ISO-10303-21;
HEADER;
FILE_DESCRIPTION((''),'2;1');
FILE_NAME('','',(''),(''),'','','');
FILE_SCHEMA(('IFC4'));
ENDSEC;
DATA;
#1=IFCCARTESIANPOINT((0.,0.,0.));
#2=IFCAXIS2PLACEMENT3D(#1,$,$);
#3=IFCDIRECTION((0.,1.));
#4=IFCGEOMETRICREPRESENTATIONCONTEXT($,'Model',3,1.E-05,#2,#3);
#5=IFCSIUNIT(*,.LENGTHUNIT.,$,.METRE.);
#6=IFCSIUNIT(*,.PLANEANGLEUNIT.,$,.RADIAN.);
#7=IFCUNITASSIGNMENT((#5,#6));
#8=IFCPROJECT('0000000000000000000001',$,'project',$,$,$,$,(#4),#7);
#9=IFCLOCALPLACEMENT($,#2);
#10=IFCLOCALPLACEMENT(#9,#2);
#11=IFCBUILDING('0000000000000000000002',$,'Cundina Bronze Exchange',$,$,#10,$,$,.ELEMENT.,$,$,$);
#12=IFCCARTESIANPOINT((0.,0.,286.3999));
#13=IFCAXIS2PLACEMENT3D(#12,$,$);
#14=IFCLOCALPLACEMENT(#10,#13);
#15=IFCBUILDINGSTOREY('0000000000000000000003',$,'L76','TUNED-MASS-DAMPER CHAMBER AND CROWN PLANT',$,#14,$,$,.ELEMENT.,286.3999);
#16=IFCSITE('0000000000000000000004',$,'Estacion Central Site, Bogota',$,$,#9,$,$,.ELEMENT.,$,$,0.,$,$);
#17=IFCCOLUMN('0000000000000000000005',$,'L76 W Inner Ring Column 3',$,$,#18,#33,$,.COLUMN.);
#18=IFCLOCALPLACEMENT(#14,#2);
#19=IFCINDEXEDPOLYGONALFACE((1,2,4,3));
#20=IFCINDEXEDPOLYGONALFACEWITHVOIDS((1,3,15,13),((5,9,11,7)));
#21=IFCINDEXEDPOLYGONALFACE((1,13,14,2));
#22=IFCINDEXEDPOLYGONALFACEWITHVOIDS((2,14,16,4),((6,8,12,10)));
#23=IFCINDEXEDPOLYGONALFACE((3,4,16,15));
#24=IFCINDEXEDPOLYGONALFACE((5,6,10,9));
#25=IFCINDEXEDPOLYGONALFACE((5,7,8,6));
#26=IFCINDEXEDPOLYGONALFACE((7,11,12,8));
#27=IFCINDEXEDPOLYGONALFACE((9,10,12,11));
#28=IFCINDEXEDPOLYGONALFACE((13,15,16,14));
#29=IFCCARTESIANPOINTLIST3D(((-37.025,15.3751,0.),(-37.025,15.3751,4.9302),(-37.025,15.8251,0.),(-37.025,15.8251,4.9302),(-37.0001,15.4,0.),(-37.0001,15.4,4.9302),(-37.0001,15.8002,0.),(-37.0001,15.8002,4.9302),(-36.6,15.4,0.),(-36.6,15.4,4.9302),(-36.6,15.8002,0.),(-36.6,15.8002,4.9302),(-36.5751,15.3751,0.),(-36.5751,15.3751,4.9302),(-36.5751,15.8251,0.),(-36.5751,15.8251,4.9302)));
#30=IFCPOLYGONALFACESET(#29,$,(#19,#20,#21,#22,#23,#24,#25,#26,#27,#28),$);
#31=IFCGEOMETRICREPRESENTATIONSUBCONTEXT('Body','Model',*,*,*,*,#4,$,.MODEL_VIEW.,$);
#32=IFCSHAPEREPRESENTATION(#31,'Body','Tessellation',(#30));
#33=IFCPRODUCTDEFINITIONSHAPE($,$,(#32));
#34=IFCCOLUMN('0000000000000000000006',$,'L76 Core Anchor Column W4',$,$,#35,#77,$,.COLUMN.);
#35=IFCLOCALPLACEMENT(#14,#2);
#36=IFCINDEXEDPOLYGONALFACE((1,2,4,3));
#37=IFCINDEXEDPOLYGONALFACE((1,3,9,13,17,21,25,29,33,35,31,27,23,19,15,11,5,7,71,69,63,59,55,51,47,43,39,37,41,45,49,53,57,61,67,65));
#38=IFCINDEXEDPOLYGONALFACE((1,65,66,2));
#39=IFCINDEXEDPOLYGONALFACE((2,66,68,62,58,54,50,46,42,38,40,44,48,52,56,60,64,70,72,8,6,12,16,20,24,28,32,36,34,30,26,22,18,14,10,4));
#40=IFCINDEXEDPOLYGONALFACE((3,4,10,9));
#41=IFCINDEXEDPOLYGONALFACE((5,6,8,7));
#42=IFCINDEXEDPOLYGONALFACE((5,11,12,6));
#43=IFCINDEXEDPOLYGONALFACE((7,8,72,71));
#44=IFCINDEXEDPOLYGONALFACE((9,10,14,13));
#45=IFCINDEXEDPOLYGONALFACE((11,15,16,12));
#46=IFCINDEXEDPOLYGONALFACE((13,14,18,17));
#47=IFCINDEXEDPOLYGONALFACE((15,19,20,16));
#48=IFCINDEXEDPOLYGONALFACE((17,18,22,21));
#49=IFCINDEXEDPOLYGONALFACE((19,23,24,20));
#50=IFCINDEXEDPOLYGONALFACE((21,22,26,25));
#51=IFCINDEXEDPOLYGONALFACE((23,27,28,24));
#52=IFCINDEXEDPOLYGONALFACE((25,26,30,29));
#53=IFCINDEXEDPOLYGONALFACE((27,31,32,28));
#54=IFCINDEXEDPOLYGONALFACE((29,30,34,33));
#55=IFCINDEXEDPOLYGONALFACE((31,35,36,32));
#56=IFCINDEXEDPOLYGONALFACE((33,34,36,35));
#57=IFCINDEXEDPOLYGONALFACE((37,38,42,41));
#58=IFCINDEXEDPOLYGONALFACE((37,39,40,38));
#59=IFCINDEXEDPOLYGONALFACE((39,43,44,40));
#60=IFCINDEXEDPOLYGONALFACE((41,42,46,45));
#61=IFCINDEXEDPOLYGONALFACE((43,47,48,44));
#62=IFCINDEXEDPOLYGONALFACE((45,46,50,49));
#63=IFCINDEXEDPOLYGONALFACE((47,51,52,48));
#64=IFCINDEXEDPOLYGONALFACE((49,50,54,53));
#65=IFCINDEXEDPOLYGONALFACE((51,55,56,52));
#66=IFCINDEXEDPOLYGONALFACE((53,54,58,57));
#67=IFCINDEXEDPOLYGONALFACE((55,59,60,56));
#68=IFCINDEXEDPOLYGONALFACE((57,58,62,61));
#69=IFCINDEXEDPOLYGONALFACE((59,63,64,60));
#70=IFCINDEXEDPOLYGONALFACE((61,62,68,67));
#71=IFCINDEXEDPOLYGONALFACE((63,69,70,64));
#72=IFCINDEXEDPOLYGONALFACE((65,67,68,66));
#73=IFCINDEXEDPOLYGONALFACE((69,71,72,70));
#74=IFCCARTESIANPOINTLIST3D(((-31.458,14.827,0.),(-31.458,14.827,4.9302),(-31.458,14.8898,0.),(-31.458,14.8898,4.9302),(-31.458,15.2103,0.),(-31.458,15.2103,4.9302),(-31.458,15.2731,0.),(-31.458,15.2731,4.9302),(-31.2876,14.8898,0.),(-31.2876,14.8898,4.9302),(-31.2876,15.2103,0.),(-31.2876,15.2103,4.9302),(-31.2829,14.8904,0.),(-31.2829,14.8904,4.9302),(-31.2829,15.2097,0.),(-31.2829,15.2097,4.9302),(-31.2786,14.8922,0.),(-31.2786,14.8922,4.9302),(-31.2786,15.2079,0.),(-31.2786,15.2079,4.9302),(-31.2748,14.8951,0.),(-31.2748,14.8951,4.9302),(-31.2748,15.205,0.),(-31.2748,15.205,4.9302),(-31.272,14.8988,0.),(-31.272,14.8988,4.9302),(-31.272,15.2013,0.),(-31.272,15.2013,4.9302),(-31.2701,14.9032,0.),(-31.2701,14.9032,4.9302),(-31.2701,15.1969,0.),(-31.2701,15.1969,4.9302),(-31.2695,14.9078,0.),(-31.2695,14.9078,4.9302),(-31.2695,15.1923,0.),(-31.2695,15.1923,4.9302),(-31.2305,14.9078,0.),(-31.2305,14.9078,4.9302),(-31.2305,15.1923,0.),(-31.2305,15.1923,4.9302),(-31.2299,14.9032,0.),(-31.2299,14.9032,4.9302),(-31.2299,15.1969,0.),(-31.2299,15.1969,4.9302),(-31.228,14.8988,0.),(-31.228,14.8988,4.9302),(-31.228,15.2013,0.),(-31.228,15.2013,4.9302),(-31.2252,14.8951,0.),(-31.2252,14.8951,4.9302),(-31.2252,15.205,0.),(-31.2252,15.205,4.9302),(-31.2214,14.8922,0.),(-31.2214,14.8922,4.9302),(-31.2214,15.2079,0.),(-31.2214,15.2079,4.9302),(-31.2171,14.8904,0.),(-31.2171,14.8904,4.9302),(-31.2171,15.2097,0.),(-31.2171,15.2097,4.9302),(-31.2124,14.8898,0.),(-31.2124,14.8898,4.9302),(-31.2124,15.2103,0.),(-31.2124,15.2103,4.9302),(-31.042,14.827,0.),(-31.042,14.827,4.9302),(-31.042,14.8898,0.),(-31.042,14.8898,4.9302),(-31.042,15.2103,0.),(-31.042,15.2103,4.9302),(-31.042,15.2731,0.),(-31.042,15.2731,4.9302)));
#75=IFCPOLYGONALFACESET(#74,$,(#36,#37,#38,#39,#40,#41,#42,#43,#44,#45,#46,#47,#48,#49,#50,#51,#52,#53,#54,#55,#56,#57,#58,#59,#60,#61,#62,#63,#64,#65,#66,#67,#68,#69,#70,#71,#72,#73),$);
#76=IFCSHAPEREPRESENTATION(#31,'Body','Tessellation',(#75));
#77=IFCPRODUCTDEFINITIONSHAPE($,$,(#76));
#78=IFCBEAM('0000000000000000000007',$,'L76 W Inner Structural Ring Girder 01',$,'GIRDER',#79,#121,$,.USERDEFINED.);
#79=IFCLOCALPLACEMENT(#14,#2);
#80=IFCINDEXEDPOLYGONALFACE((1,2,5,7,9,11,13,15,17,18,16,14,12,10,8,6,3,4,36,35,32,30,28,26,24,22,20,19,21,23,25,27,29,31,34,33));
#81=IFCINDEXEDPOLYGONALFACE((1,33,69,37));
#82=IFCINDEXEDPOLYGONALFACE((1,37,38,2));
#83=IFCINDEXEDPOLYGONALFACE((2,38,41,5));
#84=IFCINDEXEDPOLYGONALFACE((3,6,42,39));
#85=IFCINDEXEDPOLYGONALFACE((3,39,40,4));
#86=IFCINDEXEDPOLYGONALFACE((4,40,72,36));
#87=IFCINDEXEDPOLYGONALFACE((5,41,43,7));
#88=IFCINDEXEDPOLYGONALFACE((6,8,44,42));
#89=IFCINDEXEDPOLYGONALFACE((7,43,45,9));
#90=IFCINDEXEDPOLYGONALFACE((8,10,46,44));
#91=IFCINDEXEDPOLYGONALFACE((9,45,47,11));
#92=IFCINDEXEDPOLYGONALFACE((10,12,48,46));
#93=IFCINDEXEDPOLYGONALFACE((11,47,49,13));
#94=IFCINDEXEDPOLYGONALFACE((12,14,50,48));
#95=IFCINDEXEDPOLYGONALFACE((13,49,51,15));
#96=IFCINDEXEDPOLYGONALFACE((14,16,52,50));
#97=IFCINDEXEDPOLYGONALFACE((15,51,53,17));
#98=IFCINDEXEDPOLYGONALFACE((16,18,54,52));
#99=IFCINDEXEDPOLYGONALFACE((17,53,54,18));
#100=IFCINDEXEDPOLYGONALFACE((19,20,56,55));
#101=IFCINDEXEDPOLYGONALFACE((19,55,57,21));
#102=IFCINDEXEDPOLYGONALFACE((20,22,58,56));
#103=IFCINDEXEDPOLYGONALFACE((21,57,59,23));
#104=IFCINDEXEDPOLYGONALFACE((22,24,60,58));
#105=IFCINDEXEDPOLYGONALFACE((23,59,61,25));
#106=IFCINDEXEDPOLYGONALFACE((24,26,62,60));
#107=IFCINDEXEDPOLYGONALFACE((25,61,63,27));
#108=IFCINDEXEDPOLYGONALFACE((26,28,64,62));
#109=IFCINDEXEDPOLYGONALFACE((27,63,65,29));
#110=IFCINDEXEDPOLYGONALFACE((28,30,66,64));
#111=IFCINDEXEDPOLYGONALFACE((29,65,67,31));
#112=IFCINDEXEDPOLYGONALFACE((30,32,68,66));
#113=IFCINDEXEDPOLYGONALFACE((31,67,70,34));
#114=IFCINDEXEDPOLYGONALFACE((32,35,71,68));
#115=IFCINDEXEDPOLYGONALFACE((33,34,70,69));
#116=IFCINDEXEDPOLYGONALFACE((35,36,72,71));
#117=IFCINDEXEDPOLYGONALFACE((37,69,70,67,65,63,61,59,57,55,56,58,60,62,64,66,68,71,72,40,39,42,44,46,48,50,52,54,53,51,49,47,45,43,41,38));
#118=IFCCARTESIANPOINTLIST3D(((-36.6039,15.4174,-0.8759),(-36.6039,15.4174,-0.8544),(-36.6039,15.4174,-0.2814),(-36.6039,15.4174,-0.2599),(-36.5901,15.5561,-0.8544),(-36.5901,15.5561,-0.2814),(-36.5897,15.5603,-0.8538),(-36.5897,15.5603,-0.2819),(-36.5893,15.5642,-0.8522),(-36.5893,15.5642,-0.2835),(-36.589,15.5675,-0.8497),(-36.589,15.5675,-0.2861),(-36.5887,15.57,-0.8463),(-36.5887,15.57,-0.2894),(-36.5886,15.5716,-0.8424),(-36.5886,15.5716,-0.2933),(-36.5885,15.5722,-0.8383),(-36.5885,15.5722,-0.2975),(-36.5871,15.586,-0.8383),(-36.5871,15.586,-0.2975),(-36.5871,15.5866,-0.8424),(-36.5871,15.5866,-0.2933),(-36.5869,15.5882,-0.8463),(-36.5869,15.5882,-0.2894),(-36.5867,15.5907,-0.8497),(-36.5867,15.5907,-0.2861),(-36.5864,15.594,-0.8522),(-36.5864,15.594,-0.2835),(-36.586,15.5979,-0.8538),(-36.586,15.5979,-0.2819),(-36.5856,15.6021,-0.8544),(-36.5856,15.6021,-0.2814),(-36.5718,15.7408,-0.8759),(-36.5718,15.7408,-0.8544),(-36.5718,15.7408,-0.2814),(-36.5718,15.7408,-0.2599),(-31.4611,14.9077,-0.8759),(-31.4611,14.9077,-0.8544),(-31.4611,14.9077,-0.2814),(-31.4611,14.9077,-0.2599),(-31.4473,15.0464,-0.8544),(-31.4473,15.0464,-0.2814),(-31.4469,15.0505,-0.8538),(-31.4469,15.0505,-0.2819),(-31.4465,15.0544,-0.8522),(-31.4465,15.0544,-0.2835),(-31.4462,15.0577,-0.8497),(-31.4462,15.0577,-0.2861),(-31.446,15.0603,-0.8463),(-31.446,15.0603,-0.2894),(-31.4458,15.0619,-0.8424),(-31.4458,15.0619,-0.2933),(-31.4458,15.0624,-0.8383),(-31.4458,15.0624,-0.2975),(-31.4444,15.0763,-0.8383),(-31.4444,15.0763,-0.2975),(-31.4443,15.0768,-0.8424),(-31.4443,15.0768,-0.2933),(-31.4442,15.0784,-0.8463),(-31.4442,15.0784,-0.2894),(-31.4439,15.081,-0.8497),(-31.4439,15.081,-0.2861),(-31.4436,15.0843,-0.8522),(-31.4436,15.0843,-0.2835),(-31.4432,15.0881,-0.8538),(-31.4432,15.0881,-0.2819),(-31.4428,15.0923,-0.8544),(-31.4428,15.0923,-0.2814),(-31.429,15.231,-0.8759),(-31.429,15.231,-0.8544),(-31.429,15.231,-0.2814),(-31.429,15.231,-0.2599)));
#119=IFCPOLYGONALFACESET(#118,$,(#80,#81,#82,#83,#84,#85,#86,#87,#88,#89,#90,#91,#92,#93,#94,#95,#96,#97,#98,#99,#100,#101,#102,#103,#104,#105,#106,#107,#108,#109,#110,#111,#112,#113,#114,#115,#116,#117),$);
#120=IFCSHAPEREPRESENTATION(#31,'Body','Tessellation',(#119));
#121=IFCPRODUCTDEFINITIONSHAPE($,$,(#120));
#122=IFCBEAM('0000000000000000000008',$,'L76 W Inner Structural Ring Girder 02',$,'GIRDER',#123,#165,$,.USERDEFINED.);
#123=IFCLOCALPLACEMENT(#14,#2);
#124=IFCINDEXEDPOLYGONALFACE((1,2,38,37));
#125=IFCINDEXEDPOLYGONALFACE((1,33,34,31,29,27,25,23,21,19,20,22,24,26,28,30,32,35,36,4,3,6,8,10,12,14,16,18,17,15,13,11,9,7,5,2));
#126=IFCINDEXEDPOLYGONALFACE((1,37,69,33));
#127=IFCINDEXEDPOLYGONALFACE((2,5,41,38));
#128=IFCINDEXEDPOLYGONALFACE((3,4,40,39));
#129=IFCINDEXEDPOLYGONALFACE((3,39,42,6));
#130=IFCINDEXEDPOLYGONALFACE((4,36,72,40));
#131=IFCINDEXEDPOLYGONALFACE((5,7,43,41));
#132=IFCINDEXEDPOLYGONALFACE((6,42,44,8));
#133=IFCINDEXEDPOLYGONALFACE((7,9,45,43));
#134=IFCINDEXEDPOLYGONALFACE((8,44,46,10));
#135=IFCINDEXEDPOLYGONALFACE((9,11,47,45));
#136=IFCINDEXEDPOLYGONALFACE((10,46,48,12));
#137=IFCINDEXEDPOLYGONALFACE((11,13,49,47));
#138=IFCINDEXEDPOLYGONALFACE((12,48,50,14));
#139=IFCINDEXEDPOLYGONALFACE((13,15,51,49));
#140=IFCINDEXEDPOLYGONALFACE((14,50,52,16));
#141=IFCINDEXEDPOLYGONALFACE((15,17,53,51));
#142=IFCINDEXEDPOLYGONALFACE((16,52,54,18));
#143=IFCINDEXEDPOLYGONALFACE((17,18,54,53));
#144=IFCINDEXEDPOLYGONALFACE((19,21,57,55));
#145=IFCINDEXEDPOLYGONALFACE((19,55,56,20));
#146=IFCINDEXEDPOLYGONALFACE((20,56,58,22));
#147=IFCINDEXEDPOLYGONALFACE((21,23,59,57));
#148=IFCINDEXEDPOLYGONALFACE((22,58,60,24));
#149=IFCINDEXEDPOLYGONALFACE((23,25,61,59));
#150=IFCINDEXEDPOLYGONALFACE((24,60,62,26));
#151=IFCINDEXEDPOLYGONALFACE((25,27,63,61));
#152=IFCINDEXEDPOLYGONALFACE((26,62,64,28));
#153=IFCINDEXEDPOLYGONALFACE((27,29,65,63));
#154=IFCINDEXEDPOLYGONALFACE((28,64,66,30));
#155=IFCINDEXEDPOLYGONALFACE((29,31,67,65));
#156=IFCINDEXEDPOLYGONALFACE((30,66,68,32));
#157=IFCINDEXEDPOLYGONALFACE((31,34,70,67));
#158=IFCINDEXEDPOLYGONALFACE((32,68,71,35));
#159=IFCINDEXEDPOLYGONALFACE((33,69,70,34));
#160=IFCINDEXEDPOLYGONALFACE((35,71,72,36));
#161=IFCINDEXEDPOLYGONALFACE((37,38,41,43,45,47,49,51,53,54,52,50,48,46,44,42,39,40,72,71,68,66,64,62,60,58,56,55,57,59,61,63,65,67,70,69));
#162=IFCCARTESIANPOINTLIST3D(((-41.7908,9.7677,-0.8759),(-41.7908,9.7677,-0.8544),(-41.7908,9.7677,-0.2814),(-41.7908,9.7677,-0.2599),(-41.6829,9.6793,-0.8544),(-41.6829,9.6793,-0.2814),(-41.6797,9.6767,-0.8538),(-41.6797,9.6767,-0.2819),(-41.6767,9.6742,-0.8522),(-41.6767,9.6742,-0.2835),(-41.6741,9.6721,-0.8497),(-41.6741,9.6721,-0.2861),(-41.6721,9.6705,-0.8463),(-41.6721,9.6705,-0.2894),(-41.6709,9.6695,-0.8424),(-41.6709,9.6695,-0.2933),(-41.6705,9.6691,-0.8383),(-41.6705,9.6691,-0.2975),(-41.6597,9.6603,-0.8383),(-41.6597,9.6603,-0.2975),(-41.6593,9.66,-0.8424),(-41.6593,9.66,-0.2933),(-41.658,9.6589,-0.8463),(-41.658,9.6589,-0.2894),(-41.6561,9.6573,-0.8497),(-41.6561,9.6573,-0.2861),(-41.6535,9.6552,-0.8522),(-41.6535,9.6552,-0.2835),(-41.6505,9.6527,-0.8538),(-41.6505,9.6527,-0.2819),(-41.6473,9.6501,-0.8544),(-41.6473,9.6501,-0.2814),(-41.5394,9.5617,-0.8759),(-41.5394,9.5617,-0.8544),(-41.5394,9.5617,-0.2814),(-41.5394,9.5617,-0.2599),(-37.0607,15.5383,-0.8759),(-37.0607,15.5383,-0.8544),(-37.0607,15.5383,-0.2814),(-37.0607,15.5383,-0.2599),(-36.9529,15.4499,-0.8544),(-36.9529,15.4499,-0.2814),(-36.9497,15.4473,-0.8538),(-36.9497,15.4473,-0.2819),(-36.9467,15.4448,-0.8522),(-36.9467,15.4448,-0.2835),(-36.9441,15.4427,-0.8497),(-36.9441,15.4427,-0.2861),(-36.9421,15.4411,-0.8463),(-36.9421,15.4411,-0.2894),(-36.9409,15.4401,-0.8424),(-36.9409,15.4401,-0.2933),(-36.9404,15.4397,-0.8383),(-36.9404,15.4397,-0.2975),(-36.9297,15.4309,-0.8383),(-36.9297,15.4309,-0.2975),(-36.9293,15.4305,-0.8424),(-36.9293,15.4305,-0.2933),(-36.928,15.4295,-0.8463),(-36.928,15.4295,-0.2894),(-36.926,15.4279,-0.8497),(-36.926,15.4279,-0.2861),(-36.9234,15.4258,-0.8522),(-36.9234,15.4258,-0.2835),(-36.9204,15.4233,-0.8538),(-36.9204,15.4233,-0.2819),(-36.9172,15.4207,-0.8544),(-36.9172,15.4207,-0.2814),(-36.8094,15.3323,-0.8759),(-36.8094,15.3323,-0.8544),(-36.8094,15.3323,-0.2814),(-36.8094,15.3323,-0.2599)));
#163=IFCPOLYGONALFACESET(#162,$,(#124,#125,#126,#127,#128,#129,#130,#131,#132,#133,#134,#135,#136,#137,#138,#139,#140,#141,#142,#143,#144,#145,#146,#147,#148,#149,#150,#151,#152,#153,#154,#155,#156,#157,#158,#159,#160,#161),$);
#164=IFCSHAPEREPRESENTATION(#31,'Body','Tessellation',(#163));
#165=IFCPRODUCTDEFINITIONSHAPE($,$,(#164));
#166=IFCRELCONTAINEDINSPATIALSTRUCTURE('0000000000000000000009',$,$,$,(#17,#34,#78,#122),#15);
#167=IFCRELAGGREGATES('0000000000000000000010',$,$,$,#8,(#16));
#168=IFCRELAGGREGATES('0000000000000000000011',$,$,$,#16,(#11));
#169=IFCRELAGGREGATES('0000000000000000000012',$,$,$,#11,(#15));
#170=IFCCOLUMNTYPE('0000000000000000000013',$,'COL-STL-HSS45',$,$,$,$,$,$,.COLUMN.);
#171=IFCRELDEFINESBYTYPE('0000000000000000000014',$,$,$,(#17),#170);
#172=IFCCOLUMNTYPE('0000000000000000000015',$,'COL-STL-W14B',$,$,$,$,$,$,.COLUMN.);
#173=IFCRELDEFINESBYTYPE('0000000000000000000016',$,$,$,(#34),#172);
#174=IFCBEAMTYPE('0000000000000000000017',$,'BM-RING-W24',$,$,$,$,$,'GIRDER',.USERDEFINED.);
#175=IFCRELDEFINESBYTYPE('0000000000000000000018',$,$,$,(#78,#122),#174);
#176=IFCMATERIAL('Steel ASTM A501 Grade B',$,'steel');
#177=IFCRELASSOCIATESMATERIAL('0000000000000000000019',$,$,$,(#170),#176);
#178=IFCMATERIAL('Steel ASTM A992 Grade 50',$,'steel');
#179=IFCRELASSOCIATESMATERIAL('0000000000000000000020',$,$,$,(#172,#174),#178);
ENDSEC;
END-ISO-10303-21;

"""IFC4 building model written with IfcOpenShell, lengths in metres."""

from ifc_helpers import new_model, si_unit, direction, frame, origin, origin_2d, place, context, subcontext, project, spatial, hollow_rectangle, i_section, extrude, material, material_profile, profile_set, type_object, element, save


model = new_model("IFC4")

# Units and contexts
model_context = context("Model", 3, precision=1e-05, world=origin(), true_north=direction((0.0, 1.0)))
body_context = subcontext(model_context, "Body", "Model", "MODEL_VIEW")
ifc_project = project(units=[si_unit("LENGTHUNIT", "METRE"), si_unit("PLANEANGLEUNIT", "RADIAN")], contexts=[model_context])

# Site, building, storey
site_placement = place(None, origin())
site = spatial("IfcSite", under=ifc_project, at=site_placement, Name="Estacion Central Site, Bogota", CompositionType="ELEMENT", RefElevation=0.0)
building_placement = place(site_placement, origin())
building = spatial("IfcBuilding", under=site, at=building_placement, Name="Cundina Bronze Exchange", CompositionType="ELEMENT")
storey_placement = place(building_placement, frame((0.0, 0.0, 286.3999)))
storey = spatial("IfcBuildingStorey", under=building, at=storey_placement, Name="L76", Description="TUNED-MASS-DAMPER CHAMBER AND CROWN PLANT", CompositionType="ELEMENT", Elevation=286.3999)

# Columns
ifc_material_1 = material(Name="Steel ASTM A501 Grade B", Category="steel")
ifc_material_profile_1 = material_profile(ifc_material_1, hollow_rectangle(XDim=0.45, YDim=0.45, WallThickness=0.0249, at=origin_2d()), Name="HSS450X450X25", Category="steel")
ifc_profile_set_1 = profile_set([ifc_material_profile_1], Name="Steel ASTM A501 Grade B")
column_type_1 = type_object("IfcColumnType", Name="COL-STL-HSS45", PredefinedType="COLUMN", material=ifc_profile_set_1)
column_1_placement = place(storey_placement, frame((-36.8, 15.6001, 0.0), z_axis=(0.0, 0.0, 1.0), x_axis=(1.0, 0.0, 0.0)))
element("IfcColumn", 1, at=column_1_placement, inside=storey, type_object=column_type_1, Name="L76 W Inner Ring Column 3", PredefinedType="COLUMN", context=body_context, shape_type="SweptSolid", body=[
    extrude(hollow_rectangle(XDim=0.45, YDim=0.45, WallThickness=0.0249, at=origin_2d()), origin(), (0.0, 0.0, 1.0), 4.9302),
])
ifc_material_2 = material(Name="Steel ASTM A992 Grade 50", Category="steel")
ifc_material_profile_2 = material_profile(ifc_material_2, i_section(OverallWidth=0.416, OverallDepth=0.446, WebThickness=0.0391, FlangeThickness=0.0627, FilletRadius=0.0181, at=origin_2d()), Name="W14X342", Category="steel")
ifc_profile_set_2 = profile_set([ifc_material_profile_2], Name="Steel ASTM A992 Grade 50")
column_type_2 = type_object("IfcColumnType", Name="COL-STL-W14B", PredefinedType="COLUMN", material=ifc_profile_set_2)
column_2_placement = place(storey_placement, frame((-31.25, 15.05, 0.0), z_axis=(0.0, 0.0, 1.0), x_axis=(1.0, 0.0, 0.0)))
element("IfcColumn", 2, at=column_2_placement, inside=storey, type_object=column_type_2, Name="L76 Core Anchor Column W4", PredefinedType="COLUMN", context=body_context, shape_type="SweptSolid", body=[
    extrude(i_section(OverallWidth=0.416, OverallDepth=0.446, WebThickness=0.0391, FlangeThickness=0.0627, FilletRadius=0.0181, at=origin_2d()), origin(), (0.0, 0.0, 1.0), 4.9302),
])

# Beams
ifc_material_profile_3 = material_profile(ifc_material_2, i_section(OverallWidth=0.325, OverallDepth=0.616, WebThickness=0.0139, FlangeThickness=0.0215, FilletRadius=0.0161, at=origin_2d()), Name="W24X117", Category="steel")
ifc_profile_set_3 = profile_set([ifc_material_profile_3], Name="Steel ASTM A992 Grade 50")
beam_type_1 = type_object("IfcBeamType", Name="BM-RING-W24", ElementType="GIRDER", PredefinedType="USERDEFINED", material=ifc_profile_set_3)
beam_1_placement = place(storey_placement, frame((-31.4451, 15.0693, -0.5679), z_axis=(-0.995123, 0.098638, 0.0), x_axis=(-0.098638, -0.995123, 0.0)))
element("IfcBeam", 3, at=beam_1_placement, inside=storey, type_object=beam_type_1, Name="L76 W Inner Structural Ring Girder 01", ObjectType="GIRDER", PredefinedType="USERDEFINED", context=body_context, shape_type="SweptSolid", body=[
    extrude(i_section(OverallWidth=0.325, OverallDepth=0.616, WebThickness=0.0139, FlangeThickness=0.0215, FilletRadius=0.0161, at=origin_2d()), origin(), (0.0, 0.0, 1.0), 5.168),
])
beam_2_placement = place(storey_placement, frame((-36.9351, 15.4353, -0.5679), z_axis=(-0.633932, -0.773388, 0.0), x_axis=(0.773388, -0.633932, 0.0)))
element("IfcBeam", 4, at=beam_2_placement, inside=storey, type_object=beam_type_1, Name="L76 W Inner Structural Ring Girder 02", ObjectType="GIRDER", PredefinedType="USERDEFINED", context=body_context, shape_type="SweptSolid", body=[
    extrude(i_section(OverallWidth=0.325, OverallDepth=0.616, WebThickness=0.0139, FlangeThickness=0.0215, FilletRadius=0.0161, at=origin_2d()), origin(), (0.0, 0.0, 1.0), 7.4614),
])

save(model, "model.ifc")
